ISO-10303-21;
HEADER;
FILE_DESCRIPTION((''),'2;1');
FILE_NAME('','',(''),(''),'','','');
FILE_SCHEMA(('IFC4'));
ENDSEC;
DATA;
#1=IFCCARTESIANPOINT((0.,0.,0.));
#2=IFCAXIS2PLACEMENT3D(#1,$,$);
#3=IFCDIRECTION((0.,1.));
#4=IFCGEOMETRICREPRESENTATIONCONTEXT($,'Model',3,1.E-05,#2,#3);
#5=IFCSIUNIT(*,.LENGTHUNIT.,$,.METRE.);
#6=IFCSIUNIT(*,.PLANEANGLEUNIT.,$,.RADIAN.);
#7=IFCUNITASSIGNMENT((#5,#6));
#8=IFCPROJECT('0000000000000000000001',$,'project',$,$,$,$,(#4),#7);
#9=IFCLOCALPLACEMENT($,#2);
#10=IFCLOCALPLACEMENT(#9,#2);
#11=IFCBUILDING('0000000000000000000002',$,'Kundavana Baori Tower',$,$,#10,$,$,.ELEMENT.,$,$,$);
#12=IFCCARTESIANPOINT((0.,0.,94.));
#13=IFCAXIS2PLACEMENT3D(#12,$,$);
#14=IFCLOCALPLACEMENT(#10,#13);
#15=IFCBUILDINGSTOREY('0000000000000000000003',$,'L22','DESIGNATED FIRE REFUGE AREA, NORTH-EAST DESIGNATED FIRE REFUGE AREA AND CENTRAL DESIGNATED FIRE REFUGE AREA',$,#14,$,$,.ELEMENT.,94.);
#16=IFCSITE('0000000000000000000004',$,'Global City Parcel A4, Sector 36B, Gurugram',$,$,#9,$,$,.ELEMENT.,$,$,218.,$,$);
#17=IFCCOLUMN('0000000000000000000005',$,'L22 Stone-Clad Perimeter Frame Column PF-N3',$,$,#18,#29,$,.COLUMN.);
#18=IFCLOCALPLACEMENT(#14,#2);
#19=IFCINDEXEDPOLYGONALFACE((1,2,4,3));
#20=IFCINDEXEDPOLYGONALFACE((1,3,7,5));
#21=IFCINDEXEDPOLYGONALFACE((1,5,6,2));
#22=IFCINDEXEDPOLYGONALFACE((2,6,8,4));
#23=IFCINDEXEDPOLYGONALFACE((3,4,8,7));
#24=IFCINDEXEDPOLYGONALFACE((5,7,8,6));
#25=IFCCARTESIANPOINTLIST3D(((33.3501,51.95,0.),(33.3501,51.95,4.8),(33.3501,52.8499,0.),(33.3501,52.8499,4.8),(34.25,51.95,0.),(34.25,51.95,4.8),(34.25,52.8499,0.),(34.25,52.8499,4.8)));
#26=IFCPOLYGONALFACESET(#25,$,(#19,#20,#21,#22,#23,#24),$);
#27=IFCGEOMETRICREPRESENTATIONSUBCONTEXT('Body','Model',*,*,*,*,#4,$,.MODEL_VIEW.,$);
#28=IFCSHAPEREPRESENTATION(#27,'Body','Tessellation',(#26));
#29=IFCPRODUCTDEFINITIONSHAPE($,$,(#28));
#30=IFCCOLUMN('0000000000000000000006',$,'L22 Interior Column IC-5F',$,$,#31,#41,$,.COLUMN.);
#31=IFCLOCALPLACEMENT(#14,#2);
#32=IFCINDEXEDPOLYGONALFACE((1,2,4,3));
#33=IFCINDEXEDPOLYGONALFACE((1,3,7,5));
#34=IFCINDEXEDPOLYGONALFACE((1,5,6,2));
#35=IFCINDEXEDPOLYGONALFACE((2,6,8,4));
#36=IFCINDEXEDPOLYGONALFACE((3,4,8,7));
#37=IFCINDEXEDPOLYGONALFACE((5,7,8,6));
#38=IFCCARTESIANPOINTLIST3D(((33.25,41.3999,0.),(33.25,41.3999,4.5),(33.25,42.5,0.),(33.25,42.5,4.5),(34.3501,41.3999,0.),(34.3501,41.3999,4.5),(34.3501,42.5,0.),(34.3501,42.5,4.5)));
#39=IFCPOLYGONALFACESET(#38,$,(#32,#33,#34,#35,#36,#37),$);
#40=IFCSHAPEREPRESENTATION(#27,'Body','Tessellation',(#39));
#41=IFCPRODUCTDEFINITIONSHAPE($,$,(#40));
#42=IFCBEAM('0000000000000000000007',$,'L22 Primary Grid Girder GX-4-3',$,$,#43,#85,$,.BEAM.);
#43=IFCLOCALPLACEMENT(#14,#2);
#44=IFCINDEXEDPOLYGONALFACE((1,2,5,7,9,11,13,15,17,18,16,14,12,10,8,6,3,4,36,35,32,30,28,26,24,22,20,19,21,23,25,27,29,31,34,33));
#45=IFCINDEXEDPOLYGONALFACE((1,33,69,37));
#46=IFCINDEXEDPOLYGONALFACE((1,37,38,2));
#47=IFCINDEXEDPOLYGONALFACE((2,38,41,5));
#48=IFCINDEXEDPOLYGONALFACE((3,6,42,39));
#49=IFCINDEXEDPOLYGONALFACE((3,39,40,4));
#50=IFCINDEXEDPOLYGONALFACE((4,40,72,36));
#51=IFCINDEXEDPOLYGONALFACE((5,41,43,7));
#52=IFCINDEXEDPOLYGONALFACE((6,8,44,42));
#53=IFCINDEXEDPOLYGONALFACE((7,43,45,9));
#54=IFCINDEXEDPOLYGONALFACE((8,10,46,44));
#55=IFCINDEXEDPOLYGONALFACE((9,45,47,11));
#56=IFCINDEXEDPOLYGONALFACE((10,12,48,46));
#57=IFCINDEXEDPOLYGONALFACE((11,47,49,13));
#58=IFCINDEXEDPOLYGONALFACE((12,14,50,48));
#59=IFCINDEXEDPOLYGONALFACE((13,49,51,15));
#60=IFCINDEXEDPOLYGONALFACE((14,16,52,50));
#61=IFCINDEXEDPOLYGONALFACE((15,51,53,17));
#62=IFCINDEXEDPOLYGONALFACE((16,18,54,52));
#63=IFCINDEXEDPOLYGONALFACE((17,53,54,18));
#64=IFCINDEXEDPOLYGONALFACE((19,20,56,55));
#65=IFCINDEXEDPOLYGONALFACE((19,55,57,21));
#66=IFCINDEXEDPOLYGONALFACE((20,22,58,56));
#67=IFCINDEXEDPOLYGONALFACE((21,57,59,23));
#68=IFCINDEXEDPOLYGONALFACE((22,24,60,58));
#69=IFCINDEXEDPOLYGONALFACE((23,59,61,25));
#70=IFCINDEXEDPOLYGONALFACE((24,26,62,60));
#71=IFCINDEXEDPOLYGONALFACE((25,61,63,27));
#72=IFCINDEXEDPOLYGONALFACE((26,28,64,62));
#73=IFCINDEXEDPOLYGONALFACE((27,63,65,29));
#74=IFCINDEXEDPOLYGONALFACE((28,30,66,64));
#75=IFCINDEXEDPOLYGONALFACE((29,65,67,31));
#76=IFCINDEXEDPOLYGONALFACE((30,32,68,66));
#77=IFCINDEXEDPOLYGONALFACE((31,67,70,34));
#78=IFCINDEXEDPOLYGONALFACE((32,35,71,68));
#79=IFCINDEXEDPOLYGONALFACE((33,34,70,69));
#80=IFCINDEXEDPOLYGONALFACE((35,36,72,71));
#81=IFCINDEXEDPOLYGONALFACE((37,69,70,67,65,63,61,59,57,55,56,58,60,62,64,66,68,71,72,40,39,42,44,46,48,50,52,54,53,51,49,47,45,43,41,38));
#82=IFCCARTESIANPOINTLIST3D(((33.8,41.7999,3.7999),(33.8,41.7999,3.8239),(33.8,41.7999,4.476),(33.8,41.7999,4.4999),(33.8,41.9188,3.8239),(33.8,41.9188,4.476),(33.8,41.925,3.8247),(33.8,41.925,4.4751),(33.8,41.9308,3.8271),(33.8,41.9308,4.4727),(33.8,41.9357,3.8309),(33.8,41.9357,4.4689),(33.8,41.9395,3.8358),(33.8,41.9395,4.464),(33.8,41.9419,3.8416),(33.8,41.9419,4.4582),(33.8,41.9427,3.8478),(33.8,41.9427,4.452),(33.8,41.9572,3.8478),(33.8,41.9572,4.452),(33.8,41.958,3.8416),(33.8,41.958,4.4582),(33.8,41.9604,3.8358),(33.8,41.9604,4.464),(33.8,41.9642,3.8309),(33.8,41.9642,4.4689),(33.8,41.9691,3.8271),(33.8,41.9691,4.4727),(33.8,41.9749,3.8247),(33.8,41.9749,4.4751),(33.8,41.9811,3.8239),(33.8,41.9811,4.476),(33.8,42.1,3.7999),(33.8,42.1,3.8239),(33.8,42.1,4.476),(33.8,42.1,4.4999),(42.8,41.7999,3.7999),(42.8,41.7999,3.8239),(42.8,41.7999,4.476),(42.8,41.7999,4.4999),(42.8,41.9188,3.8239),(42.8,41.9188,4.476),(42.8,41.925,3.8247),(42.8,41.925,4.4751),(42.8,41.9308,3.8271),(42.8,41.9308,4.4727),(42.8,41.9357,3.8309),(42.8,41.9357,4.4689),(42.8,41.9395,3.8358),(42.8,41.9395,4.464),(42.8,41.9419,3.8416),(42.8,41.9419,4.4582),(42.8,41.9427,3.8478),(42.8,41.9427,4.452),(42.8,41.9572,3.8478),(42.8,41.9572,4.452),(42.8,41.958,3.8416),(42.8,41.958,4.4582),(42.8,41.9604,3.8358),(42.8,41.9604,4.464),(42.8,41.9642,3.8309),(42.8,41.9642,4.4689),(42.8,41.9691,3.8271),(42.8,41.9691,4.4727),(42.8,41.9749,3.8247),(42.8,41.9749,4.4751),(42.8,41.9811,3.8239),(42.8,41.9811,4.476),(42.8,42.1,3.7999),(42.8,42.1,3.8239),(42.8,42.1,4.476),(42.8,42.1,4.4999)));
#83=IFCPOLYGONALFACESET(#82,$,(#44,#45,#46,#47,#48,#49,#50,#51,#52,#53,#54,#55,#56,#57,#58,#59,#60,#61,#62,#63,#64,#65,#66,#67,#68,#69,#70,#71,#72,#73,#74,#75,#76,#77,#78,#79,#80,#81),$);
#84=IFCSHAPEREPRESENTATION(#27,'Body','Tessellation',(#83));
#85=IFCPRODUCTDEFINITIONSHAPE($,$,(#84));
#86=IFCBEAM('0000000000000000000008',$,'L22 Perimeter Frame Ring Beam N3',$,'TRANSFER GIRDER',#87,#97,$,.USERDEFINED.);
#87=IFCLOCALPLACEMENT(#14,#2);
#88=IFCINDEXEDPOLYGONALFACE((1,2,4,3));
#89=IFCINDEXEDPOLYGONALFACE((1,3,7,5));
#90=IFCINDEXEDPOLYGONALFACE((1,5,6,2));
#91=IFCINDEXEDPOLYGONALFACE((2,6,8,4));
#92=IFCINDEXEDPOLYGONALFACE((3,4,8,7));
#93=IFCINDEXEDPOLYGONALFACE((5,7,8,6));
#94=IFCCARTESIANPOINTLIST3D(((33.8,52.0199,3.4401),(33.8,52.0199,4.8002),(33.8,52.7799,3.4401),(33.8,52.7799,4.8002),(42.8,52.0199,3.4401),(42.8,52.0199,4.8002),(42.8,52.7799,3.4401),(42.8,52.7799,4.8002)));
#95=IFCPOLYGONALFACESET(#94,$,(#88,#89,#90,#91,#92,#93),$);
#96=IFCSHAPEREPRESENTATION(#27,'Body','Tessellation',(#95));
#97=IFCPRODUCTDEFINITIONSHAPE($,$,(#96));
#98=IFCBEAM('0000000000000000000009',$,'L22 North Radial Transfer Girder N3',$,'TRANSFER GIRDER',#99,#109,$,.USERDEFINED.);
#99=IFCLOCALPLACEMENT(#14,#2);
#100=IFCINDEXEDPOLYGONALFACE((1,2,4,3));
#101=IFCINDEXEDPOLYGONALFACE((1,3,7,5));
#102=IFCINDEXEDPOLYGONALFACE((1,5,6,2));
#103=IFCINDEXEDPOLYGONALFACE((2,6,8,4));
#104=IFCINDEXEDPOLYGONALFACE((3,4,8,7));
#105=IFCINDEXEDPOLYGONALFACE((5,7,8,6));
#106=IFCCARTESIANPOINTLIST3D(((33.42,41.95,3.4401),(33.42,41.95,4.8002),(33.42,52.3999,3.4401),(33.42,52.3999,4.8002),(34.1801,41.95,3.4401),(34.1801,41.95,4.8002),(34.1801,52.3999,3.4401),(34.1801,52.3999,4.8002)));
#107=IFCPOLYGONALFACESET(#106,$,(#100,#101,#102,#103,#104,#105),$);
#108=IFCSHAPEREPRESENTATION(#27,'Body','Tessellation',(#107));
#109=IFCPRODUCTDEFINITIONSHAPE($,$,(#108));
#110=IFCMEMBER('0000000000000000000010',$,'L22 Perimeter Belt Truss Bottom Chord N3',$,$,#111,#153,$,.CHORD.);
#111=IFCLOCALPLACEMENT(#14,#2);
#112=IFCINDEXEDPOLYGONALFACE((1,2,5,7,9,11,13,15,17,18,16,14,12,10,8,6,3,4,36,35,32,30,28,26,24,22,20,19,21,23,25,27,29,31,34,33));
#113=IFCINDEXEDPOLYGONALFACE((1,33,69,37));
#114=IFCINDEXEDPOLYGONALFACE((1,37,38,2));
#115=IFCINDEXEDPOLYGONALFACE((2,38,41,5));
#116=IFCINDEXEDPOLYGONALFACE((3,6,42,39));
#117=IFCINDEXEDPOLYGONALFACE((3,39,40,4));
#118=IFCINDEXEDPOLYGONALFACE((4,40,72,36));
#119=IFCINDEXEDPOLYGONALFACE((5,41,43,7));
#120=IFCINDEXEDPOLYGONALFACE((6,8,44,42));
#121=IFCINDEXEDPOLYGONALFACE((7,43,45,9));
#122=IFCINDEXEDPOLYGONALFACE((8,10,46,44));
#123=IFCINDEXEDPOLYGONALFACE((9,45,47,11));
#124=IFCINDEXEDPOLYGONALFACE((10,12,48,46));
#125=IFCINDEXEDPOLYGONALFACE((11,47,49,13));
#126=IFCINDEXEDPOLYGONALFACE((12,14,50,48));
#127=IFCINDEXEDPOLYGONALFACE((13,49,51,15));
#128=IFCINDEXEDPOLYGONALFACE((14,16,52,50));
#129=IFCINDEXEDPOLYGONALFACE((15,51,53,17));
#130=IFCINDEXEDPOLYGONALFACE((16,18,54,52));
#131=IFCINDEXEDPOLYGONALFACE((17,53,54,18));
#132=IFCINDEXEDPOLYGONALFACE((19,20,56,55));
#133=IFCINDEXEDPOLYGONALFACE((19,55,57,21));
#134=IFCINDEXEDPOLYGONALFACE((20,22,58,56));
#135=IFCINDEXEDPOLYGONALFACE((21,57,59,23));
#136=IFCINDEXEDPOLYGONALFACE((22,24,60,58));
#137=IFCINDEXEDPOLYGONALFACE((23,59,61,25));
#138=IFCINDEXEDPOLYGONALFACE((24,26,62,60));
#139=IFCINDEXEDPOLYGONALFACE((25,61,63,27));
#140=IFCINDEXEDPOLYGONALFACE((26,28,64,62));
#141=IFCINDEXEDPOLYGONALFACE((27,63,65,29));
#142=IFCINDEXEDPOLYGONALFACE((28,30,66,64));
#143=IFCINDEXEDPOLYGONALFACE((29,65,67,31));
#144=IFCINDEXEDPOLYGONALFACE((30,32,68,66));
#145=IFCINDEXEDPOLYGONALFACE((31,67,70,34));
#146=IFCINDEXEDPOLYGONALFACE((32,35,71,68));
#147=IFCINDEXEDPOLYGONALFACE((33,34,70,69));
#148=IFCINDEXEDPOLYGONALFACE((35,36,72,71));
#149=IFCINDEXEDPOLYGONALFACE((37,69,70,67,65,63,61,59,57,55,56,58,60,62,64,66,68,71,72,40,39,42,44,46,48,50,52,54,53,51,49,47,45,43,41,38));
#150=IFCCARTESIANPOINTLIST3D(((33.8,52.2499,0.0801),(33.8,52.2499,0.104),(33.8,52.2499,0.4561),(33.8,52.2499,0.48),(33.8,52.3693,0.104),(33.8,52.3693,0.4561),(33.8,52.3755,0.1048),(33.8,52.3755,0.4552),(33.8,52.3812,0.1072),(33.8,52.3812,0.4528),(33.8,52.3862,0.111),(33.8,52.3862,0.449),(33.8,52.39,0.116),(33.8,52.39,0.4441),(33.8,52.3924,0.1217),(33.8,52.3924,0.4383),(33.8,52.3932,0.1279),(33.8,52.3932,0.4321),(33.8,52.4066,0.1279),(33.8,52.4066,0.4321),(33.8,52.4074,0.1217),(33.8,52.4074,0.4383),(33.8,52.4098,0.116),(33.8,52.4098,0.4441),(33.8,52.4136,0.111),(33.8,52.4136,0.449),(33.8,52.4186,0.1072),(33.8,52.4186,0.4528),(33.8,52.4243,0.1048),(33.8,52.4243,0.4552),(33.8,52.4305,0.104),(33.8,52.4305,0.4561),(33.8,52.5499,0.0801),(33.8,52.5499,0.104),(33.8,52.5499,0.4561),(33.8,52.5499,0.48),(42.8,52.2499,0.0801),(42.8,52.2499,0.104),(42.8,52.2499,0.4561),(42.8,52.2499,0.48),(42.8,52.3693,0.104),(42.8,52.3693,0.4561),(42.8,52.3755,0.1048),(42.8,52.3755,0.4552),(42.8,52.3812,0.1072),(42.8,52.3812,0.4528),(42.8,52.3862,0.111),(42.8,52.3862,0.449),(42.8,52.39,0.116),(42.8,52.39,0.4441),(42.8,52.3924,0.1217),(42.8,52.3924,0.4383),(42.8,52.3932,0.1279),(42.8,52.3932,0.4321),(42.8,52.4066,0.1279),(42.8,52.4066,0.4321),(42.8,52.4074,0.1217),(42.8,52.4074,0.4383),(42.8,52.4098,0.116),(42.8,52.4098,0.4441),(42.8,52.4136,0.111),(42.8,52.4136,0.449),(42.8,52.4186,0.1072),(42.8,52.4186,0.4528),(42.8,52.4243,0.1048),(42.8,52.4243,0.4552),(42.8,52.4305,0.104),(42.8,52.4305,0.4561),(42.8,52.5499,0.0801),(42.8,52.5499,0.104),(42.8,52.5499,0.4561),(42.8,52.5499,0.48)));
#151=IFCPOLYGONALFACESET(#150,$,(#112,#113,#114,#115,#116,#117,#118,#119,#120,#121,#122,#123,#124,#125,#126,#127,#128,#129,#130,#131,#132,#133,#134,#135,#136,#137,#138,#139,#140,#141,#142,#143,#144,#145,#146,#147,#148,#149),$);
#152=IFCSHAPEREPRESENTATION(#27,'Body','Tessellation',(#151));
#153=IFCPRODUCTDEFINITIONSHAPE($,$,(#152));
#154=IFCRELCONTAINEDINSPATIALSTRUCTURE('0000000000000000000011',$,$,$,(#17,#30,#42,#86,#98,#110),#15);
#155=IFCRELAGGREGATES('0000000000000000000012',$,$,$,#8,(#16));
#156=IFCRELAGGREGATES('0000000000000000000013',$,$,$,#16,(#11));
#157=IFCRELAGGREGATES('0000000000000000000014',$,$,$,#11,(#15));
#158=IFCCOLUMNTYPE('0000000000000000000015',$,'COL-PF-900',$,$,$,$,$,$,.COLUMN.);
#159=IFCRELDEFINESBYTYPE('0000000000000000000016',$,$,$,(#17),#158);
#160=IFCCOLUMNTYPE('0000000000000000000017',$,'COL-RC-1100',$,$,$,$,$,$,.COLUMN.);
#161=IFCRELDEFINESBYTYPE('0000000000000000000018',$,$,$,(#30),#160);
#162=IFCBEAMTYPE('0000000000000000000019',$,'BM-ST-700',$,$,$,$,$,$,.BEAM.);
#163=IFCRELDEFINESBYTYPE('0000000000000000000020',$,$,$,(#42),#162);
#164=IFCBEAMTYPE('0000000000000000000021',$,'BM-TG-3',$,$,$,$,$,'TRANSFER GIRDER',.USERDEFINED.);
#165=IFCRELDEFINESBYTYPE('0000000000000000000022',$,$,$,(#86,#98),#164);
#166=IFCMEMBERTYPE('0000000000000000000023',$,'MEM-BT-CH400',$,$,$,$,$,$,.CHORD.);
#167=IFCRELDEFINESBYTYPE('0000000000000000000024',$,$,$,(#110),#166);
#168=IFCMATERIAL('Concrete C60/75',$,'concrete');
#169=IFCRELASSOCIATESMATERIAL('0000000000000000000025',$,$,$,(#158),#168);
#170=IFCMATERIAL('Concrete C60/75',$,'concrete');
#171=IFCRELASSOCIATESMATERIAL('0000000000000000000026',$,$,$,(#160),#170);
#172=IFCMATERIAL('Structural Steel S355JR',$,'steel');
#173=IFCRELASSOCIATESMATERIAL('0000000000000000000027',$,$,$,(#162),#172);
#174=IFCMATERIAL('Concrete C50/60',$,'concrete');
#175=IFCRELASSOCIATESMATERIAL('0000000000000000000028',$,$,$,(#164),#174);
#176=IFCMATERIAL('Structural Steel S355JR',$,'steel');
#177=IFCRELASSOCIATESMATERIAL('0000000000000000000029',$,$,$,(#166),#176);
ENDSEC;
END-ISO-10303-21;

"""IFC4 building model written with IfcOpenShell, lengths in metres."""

from ifc_helpers import new_model, si_unit, direction, frame, origin, origin_2d, place, context, subcontext, project, spatial, rectangle, i_section, extrude, material, material_profile, profile_set, type_object, element, save


model = new_model("IFC4")

# Units and contexts
model_context = context("Model", 3, precision=1e-05, world=origin(), true_north=direction((0.0, 1.0)))
body_context = subcontext(model_context, "Body", "Model", "MODEL_VIEW")
ifc_project = project(units=[si_unit("LENGTHUNIT", "METRE"), si_unit("PLANEANGLEUNIT", "RADIAN")], contexts=[model_context])

# Site, building, storey
site_placement = place(None, origin())
site = spatial("IfcSite", under=ifc_project, at=site_placement, Name="Global City Parcel A4, Sector 36B, Gurugram", CompositionType="ELEMENT", RefElevation=218.0)
building_placement = place(site_placement, origin())
building = spatial("IfcBuilding", under=site, at=building_placement, Name="Kundavana Baori Tower", CompositionType="ELEMENT")
storey_placement = place(building_placement, frame((0.0, 0.0, 94.0)))
storey = spatial("IfcBuildingStorey", under=building, at=storey_placement, Name="L22", Description="DESIGNATED FIRE REFUGE AREA, NORTH-EAST DESIGNATED FIRE REFUGE AREA AND CENTRAL DESIGNATED FIRE REFUGE AREA", CompositionType="ELEMENT", Elevation=94.0)

# Columns
ifc_material_1 = material(Name="Concrete C60/75", Category="concrete")
ifc_material_profile_1 = material_profile(ifc_material_1, rectangle(XDim=0.8999, YDim=0.8999, at=origin_2d()), Name="RC PF 900x900")
ifc_profile_set_1 = profile_set([ifc_material_profile_1], Name="Concrete C60/75")
column_type_1 = type_object("IfcColumnType", Name="COL-PF-900", PredefinedType="COLUMN", material=ifc_profile_set_1)
column_1_placement = place(storey_placement, frame((33.8, 52.3999, 0.0), z_axis=(0.0, 0.0, 1.0), x_axis=(1.0, 0.0, 0.0)))
element("IfcColumn", 1, at=column_1_placement, inside=storey, type_object=column_type_1, Name="L22 Stone-Clad Perimeter Frame Column PF-N3", PredefinedType="COLUMN", context=body_context, shape_type="SweptSolid", body=[
    extrude(rectangle(XDim=0.8999, YDim=0.8999, at=origin_2d()), origin(), (0.0, 0.0, 1.0), 4.8),
])
ifc_material_2 = material(Name="Concrete C60/75", Category="concrete")
ifc_material_profile_2 = material_profile(ifc_material_2, rectangle(XDim=1.1001, YDim=1.1001, at=origin_2d()), Name="RC 1100x1100")
ifc_profile_set_2 = profile_set([ifc_material_profile_2], Name="Concrete C60/75")
column_type_2 = type_object("IfcColumnType", Name="COL-RC-1100", PredefinedType="COLUMN", material=ifc_profile_set_2)
column_2_placement = place(storey_placement, frame((33.8, 41.95, 0.0), z_axis=(0.0, 0.0, 1.0), x_axis=(1.0, 0.0, 0.0)))
element("IfcColumn", 2, at=column_2_placement, inside=storey, type_object=column_type_2, Name="L22 Interior Column IC-5F", PredefinedType="COLUMN", context=body_context, shape_type="SweptSolid", body=[
    extrude(rectangle(XDim=1.1001, YDim=1.1001, at=origin_2d()), origin(), (0.0, 0.0, 1.0), 4.5),
])

# Beams
ifc_material_3 = material(Name="Structural Steel S355JR", Category="steel")
ifc_material_profile_3 = material_profile(ifc_material_3, i_section(OverallWidth=0.3, OverallDepth=0.7, WebThickness=0.0144, FlangeThickness=0.0239, FilletRadius=0.0239, at=origin_2d()), Name="NPB 700x300x170")
ifc_profile_set_3 = profile_set([ifc_material_profile_3], Name="Structural Steel S355JR")
beam_type_1 = type_object("IfcBeamType", Name="BM-ST-700", PredefinedType="BEAM", material=ifc_profile_set_3)
beam_1_placement = place(storey_placement, frame((33.8, 41.95, 4.1499), z_axis=(1.0, 0.0, 0.0), x_axis=(0.0, 1.0, 0.0)))
element("IfcBeam", 3, at=beam_1_placement, inside=storey, type_object=beam_type_1, Name="L22 Primary Grid Girder GX-4-3", PredefinedType="BEAM", context=body_context, shape_type="SweptSolid", body=[
    extrude(i_section(OverallWidth=0.3, OverallDepth=0.7, WebThickness=0.0144, FlangeThickness=0.0239, FilletRadius=0.0239, at=origin_2d()), origin(), (0.0, 0.0, 1.0), 9.0),
])
ifc_material_4 = material(Name="Concrete C50/60", Category="concrete")
ifc_material_profile_4 = material_profile(ifc_material_4, rectangle(XDim=0.76, YDim=1.3601, at=origin_2d()), Name="BM-TG-3")
ifc_profile_set_4 = profile_set([ifc_material_profile_4], Name="Concrete C50/60")
beam_type_2 = type_object("IfcBeamType", Name="BM-TG-3", ElementType="TRANSFER GIRDER", PredefinedType="USERDEFINED", material=ifc_profile_set_4)
beam_2_placement = place(storey_placement, frame((33.8, 52.3999, 4.1201), z_axis=(1.0, 0.0, 0.0), x_axis=(0.0, 1.0, 0.0)))
element("IfcBeam", 4, at=beam_2_placement, inside=storey, type_object=beam_type_2, Name="L22 Perimeter Frame Ring Beam N3", ObjectType="TRANSFER GIRDER", PredefinedType="USERDEFINED", context=body_context, shape_type="SweptSolid", body=[
    extrude(rectangle(XDim=0.76, YDim=1.3601, at=origin_2d()), origin(), (0.0, 0.0, 1.0), 9.0),
])
beam_3_placement = place(storey_placement, frame((33.8, 41.95, 4.1201), z_axis=(0.0, 1.0, 0.0), x_axis=(-1.0, 0.0, 0.0)))
element("IfcBeam", 5, at=beam_3_placement, inside=storey, type_object=beam_type_2, Name="L22 North Radial Transfer Girder N3", ObjectType="TRANSFER GIRDER", PredefinedType="USERDEFINED", context=body_context, shape_type="SweptSolid", body=[
    extrude(rectangle(XDim=0.76, YDim=1.3601, at=origin_2d()), origin(), (0.0, 0.0, 1.0), 10.45),
])

# Member
ifc_material_5 = material(Name="Structural Steel S355JR", Category="steel")
ifc_material_profile_5 = material_profile(ifc_material_5, i_section(OverallWidth=0.3, OverallDepth=0.3999, WebThickness=0.0134, FlangeThickness=0.0239, FilletRadius=0.0239, at=origin_2d()), Name="WPB 400x300x135")
ifc_profile_set_5 = profile_set([ifc_material_profile_5], Name="Structural Steel S355JR")
member_type_1 = type_object("IfcMemberType", Name="MEM-BT-CH400", PredefinedType="CHORD", material=ifc_profile_set_5)
member_1_placement = place(storey_placement, frame((33.8, 52.3999, 0.28), z_axis=(1.0, 0.0, 0.0), x_axis=(0.0, 1.0, 0.0)))
element("IfcMember", 6, at=member_1_placement, inside=storey, type_object=member_type_1, Name="L22 Perimeter Belt Truss Bottom Chord N3", PredefinedType="CHORD", context=body_context, shape_type="SweptSolid", body=[
    extrude(i_section(OverallWidth=0.3, OverallDepth=0.3999, WebThickness=0.0134, FlangeThickness=0.0239, FilletRadius=0.0239, at=origin_2d()), origin(), (0.0, 0.0, 1.0), 9.0),
])

save(model, "model.ifc")
